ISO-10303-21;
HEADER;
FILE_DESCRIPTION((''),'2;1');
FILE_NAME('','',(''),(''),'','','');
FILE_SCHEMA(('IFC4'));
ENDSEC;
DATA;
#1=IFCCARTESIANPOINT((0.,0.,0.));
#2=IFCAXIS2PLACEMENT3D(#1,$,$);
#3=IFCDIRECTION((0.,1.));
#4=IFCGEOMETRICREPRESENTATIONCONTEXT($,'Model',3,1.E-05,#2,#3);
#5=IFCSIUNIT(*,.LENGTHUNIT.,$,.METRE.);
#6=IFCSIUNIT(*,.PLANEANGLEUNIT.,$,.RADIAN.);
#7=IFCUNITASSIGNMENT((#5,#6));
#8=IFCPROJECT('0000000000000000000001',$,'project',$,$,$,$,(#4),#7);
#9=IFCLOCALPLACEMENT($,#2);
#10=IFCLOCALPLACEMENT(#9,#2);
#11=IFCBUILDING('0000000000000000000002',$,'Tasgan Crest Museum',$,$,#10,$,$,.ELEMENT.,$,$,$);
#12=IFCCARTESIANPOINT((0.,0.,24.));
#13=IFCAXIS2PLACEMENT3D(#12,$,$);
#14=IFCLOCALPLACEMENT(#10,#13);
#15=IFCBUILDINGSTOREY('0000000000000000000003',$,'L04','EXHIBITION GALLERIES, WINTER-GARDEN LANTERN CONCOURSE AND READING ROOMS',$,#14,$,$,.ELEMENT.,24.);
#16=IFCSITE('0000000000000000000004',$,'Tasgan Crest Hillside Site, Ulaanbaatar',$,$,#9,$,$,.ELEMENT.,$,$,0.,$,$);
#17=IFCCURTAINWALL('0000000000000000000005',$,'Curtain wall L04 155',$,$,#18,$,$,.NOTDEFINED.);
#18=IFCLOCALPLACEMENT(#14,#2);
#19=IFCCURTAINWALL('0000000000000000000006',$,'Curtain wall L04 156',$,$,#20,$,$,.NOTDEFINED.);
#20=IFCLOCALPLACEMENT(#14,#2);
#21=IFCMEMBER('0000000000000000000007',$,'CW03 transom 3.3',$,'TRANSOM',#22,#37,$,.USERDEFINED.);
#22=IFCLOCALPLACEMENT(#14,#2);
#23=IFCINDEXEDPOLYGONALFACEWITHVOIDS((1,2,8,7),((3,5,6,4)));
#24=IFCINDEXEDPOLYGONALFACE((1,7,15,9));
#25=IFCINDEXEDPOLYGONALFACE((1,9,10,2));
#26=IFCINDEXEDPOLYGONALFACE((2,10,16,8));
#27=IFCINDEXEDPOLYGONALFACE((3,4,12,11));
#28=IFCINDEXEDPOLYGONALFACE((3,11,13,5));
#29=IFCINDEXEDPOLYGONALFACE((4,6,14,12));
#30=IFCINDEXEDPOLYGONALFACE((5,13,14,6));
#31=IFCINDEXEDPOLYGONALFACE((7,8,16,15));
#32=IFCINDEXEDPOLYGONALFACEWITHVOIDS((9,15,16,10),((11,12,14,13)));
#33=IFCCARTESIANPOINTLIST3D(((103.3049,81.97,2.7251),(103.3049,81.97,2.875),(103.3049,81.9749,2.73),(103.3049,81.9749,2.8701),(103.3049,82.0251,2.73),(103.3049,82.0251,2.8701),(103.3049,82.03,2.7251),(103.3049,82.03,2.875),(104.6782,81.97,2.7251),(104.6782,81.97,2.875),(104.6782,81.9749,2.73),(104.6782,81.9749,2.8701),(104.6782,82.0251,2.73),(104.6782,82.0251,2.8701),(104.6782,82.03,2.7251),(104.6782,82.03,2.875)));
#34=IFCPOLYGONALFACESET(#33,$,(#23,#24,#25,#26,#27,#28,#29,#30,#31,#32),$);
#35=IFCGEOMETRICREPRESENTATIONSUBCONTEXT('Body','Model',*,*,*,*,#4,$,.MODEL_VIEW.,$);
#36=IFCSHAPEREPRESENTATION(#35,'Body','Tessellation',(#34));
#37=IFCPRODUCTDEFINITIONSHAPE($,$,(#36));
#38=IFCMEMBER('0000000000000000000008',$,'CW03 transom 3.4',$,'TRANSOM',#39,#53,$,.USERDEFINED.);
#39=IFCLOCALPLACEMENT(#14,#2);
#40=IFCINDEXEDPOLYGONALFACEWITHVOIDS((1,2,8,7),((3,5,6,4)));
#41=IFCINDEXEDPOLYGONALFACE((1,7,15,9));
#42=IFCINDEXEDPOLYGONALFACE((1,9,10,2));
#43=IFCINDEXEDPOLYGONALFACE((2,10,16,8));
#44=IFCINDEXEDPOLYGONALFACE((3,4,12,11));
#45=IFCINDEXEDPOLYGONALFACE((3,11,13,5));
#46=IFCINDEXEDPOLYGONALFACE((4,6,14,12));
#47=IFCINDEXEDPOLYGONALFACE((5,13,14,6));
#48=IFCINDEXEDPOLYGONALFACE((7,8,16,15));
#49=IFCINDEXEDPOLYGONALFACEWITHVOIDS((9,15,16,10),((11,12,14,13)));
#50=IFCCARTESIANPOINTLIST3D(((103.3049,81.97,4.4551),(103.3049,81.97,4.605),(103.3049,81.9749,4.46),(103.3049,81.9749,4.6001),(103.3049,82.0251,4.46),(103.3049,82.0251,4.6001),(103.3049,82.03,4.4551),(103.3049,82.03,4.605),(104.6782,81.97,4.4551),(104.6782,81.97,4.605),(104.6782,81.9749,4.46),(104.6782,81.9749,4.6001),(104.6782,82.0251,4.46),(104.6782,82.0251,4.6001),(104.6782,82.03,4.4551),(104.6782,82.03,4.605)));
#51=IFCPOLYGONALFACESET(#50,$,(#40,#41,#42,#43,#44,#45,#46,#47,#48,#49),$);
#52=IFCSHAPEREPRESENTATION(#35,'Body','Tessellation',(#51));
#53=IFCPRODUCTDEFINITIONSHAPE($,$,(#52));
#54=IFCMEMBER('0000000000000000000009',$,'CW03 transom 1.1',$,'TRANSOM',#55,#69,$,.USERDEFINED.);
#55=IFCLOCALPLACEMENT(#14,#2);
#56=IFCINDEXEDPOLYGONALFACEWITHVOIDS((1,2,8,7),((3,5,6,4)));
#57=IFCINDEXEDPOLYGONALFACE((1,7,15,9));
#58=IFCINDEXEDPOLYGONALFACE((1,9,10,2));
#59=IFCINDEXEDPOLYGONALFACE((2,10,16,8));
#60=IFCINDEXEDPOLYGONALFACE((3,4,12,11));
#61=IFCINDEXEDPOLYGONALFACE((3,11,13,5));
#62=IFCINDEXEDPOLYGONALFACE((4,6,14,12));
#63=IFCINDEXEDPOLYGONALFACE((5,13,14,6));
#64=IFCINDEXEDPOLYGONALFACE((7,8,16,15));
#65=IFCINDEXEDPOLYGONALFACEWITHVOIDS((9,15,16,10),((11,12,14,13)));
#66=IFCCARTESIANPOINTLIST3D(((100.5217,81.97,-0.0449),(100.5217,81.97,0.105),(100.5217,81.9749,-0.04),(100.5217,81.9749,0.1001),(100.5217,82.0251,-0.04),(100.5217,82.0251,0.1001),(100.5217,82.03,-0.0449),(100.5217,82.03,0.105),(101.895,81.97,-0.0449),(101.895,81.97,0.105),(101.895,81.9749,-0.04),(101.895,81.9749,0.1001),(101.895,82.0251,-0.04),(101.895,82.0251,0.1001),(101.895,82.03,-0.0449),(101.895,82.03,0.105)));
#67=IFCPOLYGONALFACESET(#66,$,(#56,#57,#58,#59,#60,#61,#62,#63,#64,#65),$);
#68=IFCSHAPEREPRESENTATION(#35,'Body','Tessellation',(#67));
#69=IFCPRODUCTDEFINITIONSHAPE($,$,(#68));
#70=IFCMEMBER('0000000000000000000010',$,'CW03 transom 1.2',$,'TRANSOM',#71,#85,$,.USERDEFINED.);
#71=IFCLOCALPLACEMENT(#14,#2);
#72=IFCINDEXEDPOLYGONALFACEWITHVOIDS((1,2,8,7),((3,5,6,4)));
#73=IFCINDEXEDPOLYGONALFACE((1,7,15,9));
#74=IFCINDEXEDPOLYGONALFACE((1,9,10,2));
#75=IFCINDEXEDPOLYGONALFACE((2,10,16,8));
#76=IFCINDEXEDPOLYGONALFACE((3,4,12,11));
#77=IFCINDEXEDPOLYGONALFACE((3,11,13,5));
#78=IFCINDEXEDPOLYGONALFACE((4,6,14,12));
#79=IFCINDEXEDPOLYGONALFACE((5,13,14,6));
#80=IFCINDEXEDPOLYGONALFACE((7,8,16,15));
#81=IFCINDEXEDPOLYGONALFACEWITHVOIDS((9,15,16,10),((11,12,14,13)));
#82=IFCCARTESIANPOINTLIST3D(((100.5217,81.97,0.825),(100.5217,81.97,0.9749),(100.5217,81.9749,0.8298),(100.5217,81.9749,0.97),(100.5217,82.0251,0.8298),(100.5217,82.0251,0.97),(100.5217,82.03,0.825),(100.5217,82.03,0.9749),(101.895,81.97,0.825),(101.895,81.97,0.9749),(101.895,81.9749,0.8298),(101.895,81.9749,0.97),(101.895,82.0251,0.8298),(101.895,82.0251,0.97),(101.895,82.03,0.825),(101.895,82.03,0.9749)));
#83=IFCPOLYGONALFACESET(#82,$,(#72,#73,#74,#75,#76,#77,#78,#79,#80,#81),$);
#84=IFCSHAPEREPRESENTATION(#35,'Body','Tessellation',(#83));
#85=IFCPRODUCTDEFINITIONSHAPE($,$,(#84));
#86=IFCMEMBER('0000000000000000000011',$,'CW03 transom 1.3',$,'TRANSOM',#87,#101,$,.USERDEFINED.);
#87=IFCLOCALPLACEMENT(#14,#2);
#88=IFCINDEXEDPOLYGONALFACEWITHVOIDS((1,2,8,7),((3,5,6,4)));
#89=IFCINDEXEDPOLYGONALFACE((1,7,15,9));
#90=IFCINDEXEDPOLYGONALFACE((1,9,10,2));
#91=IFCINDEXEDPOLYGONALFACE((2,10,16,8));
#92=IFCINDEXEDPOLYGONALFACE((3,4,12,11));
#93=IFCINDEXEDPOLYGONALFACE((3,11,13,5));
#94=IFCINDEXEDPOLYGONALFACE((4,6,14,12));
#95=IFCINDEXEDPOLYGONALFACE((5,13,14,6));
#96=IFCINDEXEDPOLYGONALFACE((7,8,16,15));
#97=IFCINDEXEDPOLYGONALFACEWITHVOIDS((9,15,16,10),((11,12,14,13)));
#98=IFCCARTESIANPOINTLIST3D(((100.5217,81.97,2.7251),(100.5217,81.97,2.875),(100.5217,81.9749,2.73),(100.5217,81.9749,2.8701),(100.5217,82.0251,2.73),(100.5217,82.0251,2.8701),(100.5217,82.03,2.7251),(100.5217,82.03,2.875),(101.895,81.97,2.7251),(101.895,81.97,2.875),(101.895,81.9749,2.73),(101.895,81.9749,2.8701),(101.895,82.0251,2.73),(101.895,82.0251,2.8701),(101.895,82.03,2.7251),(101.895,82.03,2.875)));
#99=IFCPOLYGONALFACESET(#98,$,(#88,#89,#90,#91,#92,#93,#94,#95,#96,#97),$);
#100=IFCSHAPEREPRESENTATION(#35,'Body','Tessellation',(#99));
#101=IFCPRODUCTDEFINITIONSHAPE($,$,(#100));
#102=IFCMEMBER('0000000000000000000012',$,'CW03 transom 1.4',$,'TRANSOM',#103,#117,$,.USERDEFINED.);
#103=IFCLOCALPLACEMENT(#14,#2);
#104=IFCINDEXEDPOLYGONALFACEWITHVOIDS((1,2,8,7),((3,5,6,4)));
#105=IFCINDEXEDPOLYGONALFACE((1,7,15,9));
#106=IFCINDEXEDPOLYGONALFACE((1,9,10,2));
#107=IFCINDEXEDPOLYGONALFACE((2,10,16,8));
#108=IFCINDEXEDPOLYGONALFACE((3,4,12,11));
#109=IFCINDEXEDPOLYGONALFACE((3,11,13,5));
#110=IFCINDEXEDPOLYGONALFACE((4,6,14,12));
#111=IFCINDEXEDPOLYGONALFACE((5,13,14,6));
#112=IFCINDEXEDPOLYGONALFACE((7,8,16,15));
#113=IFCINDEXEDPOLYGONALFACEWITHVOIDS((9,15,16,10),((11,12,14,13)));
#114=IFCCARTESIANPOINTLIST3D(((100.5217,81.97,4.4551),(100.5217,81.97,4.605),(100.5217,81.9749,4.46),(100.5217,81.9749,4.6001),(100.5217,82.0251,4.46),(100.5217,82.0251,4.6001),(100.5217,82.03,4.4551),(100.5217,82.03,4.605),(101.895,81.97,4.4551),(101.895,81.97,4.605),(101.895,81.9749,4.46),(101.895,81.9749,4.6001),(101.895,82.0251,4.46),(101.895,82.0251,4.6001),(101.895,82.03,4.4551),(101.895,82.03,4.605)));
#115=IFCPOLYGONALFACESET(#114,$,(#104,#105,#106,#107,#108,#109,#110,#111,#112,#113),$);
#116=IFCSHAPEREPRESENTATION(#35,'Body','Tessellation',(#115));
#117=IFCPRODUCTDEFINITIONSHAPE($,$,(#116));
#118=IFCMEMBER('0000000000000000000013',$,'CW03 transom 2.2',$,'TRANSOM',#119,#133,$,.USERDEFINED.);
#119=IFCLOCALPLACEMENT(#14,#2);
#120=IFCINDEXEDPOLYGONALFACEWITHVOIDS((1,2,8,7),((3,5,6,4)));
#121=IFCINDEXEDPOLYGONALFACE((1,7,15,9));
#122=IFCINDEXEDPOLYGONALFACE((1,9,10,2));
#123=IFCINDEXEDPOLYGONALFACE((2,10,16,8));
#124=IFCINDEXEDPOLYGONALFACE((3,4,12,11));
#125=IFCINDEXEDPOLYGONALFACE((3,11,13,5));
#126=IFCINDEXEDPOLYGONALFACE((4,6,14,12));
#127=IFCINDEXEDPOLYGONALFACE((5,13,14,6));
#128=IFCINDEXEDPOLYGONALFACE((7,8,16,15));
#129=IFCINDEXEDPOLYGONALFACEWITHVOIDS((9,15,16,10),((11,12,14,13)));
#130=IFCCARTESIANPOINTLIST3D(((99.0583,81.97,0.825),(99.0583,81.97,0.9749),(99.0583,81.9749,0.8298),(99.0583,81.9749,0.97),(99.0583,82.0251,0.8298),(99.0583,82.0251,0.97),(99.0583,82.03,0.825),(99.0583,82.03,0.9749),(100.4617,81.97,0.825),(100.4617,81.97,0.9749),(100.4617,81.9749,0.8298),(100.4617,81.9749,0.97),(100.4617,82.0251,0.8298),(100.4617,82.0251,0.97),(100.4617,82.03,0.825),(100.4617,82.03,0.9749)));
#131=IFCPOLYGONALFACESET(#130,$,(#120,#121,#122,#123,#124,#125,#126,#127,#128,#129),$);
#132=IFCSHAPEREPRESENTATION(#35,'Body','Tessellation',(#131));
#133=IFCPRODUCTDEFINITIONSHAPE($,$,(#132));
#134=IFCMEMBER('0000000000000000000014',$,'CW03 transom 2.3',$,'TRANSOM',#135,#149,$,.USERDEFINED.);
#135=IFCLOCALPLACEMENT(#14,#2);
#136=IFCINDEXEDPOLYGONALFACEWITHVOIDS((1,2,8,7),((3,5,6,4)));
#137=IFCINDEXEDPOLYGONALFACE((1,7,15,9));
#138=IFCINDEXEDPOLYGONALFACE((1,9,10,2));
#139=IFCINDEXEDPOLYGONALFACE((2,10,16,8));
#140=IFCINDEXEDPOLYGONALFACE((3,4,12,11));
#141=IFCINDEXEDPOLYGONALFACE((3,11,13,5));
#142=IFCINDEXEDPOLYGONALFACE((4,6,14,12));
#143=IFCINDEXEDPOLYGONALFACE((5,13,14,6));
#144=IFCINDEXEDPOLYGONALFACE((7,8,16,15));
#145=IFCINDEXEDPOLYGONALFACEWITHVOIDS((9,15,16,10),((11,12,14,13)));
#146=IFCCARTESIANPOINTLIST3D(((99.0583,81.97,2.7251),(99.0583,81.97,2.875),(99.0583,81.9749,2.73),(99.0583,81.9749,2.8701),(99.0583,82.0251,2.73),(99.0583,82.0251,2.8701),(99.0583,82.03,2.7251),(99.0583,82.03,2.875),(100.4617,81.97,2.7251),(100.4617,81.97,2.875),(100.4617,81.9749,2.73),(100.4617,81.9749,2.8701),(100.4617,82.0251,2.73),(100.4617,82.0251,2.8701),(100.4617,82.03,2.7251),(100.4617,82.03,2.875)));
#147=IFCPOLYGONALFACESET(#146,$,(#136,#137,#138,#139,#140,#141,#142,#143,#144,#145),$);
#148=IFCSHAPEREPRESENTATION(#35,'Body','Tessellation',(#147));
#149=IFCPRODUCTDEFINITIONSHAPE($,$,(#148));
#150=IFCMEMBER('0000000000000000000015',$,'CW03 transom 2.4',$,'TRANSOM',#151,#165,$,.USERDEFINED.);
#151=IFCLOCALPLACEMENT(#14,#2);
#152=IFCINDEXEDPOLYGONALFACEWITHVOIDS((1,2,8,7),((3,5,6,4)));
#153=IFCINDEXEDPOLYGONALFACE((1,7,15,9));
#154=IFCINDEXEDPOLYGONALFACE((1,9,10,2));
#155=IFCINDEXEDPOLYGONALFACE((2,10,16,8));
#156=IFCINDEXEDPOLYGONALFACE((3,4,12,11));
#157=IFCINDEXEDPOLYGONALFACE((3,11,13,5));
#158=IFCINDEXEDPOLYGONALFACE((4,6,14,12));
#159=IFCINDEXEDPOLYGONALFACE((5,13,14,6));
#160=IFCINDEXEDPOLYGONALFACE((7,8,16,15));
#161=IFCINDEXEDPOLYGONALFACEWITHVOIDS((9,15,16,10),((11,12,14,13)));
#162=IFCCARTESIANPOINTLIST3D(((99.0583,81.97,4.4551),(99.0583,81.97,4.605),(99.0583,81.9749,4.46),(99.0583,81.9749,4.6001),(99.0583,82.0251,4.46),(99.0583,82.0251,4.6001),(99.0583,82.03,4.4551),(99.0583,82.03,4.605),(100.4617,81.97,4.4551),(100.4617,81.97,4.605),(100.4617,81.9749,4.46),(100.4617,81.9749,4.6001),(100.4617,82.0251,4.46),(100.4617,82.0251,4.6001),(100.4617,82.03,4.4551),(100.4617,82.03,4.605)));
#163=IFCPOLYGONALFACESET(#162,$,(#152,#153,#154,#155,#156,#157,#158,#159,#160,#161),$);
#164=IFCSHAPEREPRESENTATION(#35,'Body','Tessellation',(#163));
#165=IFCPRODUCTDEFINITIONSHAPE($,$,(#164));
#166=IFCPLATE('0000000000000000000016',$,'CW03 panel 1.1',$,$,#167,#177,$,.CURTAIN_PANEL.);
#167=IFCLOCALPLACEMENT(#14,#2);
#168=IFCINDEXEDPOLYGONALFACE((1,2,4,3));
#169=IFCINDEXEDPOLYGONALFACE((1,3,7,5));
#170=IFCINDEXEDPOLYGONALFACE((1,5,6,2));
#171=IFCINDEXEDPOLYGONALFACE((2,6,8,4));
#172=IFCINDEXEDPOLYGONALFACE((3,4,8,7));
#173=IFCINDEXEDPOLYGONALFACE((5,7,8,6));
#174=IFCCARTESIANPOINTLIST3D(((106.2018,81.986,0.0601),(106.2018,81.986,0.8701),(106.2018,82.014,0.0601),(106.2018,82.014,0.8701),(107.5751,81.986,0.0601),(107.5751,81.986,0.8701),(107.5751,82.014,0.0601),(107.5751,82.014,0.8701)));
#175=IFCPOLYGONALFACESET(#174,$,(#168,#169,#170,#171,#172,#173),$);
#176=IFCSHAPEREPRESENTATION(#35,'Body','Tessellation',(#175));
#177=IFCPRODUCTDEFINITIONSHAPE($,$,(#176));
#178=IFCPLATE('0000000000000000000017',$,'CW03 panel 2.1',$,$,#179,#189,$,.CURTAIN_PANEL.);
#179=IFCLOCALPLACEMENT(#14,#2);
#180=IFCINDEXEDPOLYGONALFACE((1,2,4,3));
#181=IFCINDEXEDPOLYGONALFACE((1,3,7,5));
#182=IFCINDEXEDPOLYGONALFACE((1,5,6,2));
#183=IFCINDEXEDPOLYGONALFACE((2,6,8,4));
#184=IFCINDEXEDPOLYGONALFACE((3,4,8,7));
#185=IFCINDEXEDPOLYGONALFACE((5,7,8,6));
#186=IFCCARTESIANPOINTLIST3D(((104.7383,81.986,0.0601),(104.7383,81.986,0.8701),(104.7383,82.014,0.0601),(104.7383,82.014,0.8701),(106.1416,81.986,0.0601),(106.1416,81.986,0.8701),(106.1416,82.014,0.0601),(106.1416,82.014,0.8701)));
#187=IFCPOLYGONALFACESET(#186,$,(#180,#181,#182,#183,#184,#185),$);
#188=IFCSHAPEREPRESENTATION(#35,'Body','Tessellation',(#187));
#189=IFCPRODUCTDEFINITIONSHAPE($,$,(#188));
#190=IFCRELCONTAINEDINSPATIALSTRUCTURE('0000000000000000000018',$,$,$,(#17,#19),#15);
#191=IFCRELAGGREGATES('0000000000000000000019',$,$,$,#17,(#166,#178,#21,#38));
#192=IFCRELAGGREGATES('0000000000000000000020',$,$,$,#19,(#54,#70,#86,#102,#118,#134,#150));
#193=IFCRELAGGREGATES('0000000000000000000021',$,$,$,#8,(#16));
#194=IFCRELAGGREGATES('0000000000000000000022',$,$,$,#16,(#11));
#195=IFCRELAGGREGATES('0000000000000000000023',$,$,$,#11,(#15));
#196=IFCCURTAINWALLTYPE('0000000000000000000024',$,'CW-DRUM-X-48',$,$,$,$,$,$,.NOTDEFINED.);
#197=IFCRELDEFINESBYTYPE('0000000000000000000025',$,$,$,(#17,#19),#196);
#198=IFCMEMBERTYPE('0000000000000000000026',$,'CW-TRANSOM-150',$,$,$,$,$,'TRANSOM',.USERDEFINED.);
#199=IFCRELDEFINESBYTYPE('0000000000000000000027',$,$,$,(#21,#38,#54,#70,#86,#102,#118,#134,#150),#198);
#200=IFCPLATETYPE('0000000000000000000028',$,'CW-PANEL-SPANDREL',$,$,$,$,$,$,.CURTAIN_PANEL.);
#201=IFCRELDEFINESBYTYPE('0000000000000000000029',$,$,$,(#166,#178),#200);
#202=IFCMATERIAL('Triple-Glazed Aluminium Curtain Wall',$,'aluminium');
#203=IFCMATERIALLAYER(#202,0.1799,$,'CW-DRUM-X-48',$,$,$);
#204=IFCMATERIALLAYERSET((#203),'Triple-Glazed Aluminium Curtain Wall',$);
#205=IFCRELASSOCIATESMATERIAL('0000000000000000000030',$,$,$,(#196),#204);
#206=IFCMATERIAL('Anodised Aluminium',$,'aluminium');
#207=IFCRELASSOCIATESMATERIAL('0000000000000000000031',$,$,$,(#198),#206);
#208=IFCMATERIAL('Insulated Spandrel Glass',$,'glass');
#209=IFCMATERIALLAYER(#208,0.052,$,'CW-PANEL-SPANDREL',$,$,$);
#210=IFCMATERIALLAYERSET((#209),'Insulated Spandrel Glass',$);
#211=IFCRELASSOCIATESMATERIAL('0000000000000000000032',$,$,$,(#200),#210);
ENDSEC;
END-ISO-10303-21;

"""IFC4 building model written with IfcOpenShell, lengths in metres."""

from ifc_helpers import new_model, si_unit, direction, frame, origin, origin_2d, place, context, subcontext, project, spatial, rectangle, hollow_rectangle, extrude, material, layer, layer_set, material_profile, profile_set, type_object, element, aggregate, save


model = new_model("IFC4")

# Units and contexts
model_context = context("Model", 3, precision=1e-05, world=origin(), true_north=direction((0.0, 1.0)))
body_context = subcontext(model_context, "Body", "Model", "MODEL_VIEW")
ifc_project = project(units=[si_unit("LENGTHUNIT", "METRE"), si_unit("PLANEANGLEUNIT", "RADIAN")], contexts=[model_context])

# Site, building, storey
site_placement = place(None, origin())
site = spatial("IfcSite", under=ifc_project, at=site_placement, Name="Tasgan Crest Hillside Site, Ulaanbaatar", CompositionType="ELEMENT", RefElevation=0.0)
building_placement = place(site_placement, origin())
building = spatial("IfcBuilding", under=site, at=building_placement, Name="Tasgan Crest Museum", CompositionType="ELEMENT")
storey_placement = place(building_placement, frame((0.0, 0.0, 24.0)))
storey = spatial("IfcBuildingStorey", under=building, at=storey_placement, Name="L04", Description="EXHIBITION GALLERIES, WINTER-GARDEN LANTERN CONCOURSE AND READING ROOMS", CompositionType="ELEMENT", Elevation=24.0)

# Curtain walls
ifc_material_1 = material(Name="Triple-Glazed Aluminium Curtain Wall", Category="aluminium")
ifc_layer_1 = layer(ifc_material_1, 0.1799, Name="CW-DRUM-X-48")
ifc_layer_set_1 = layer_set([ifc_layer_1], Name="Triple-Glazed Aluminium Curtain Wall")
curtain_wall_type = type_object("IfcCurtainWallType", Name="CW-DRUM-X-48", PredefinedType="NOTDEFINED", material=ifc_layer_set_1)
curtain_wall_1_placement = place(storey_placement, origin())
curtain_wall_1 = element("IfcCurtainWall", 1, at=curtain_wall_1_placement, inside=storey, type_object=curtain_wall_type, Name="Curtain wall L04 155", PredefinedType="NOTDEFINED")
curtain_wall_2_placement = place(storey_placement, origin())
curtain_wall_2 = element("IfcCurtainWall", 2, at=curtain_wall_2_placement, inside=storey, type_object=curtain_wall_type, Name="Curtain wall L04 156", PredefinedType="NOTDEFINED")

# Members
ifc_material_2 = material(Name="Anodised Aluminium", Category="aluminium")
ifc_material_profile_1 = material_profile(ifc_material_2, hollow_rectangle(XDim=0.0601, YDim=0.1499, WallThickness=0.0049, at=origin_2d()), Name="ALU TRANSOM 150x60x5")
ifc_profile_set_1 = profile_set([ifc_material_profile_1], Name="Anodised Aluminium")
member_type_1 = type_object("IfcMemberType", Name="CW-TRANSOM-150", ElementType="TRANSOM", PredefinedType="USERDEFINED", material=ifc_profile_set_1)
member_1_placement = place(storey_placement, frame((104.6782, 82.0, 2.8), z_axis=(-1.0, 0.0, 0.0), x_axis=(0.0, -1.0, 0.0)))
member_1 = element("IfcMember", 3, at=member_1_placement, type_object=member_type_1, Name="CW03 transom 3.3", ObjectType="TRANSOM", PredefinedType="USERDEFINED", context=body_context, shape_type="SweptSolid", body=[
    extrude(hollow_rectangle(XDim=0.0601, YDim=0.1499, WallThickness=0.0049, at=origin_2d()), origin(), (0.0, 0.0, 1.0), 1.3733),
])
member_2_placement = place(storey_placement, frame((104.6782, 82.0, 4.53), z_axis=(-1.0, 0.0, 0.0), x_axis=(0.0, -1.0, 0.0)))
member_2 = element("IfcMember", 4, at=member_2_placement, type_object=member_type_1, Name="CW03 transom 3.4", ObjectType="TRANSOM", PredefinedType="USERDEFINED", context=body_context, shape_type="SweptSolid", body=[
    extrude(hollow_rectangle(XDim=0.0601, YDim=0.1499, WallThickness=0.0049, at=origin_2d()), origin(), (0.0, 0.0, 1.0), 1.3733),
])
member_3_placement = place(storey_placement, frame((101.895, 82.0, 0.03), z_axis=(-1.0, 0.0, 0.0), x_axis=(0.0, -1.0, 0.0)))
member_3 = element("IfcMember", 5, at=member_3_placement, type_object=member_type_1, Name="CW03 transom 1.1", ObjectType="TRANSOM", PredefinedType="USERDEFINED", context=body_context, shape_type="SweptSolid", body=[
    extrude(hollow_rectangle(XDim=0.0601, YDim=0.1499, WallThickness=0.0049, at=origin_2d()), origin(), (0.0, 0.0, 1.0), 1.3733),
])
member_4_placement = place(storey_placement, frame((101.895, 82.0, 0.8999), z_axis=(-1.0, 0.0, 0.0), x_axis=(0.0, -1.0, 0.0)))
member_4 = element("IfcMember", 6, at=member_4_placement, type_object=member_type_1, Name="CW03 transom 1.2", ObjectType="TRANSOM", PredefinedType="USERDEFINED", context=body_context, shape_type="SweptSolid", body=[
    extrude(hollow_rectangle(XDim=0.0601, YDim=0.1499, WallThickness=0.0049, at=origin_2d()), origin(), (0.0, 0.0, 1.0), 1.3733),
])
member_5_placement = place(storey_placement, frame((101.895, 82.0, 2.8), z_axis=(-1.0, 0.0, 0.0), x_axis=(0.0, -1.0, 0.0)))
member_5 = element("IfcMember", 7, at=member_5_placement, type_object=member_type_1, Name="CW03 transom 1.3", ObjectType="TRANSOM", PredefinedType="USERDEFINED", context=body_context, shape_type="SweptSolid", body=[
    extrude(hollow_rectangle(XDim=0.0601, YDim=0.1499, WallThickness=0.0049, at=origin_2d()), origin(), (0.0, 0.0, 1.0), 1.3733),
])
member_6_placement = place(storey_placement, frame((101.895, 82.0, 4.53), z_axis=(-1.0, 0.0, 0.0), x_axis=(0.0, -1.0, 0.0)))
member_6 = element("IfcMember", 8, at=member_6_placement, type_object=member_type_1, Name="CW03 transom 1.4", ObjectType="TRANSOM", PredefinedType="USERDEFINED", context=body_context, shape_type="SweptSolid", body=[
    extrude(hollow_rectangle(XDim=0.0601, YDim=0.1499, WallThickness=0.0049, at=origin_2d()), origin(), (0.0, 0.0, 1.0), 1.3733),
])
member_7_placement = place(storey_placement, frame((100.4617, 82.0, 0.8999), z_axis=(-1.0, 0.0, 0.0), x_axis=(0.0, -1.0, 0.0)))
member_7 = element("IfcMember", 9, at=member_7_placement, type_object=member_type_1, Name="CW03 transom 2.2", ObjectType="TRANSOM", PredefinedType="USERDEFINED", context=body_context, shape_type="SweptSolid", body=[
    extrude(hollow_rectangle(XDim=0.0601, YDim=0.1499, WallThickness=0.0049, at=origin_2d()), origin(), (0.0, 0.0, 1.0), 1.4033),
])
member_8_placement = place(storey_placement, frame((100.4617, 82.0, 2.8), z_axis=(-1.0, 0.0, 0.0), x_axis=(0.0, -1.0, 0.0)))
member_8 = element("IfcMember", 10, at=member_8_placement, type_object=member_type_1, Name="CW03 transom 2.3", ObjectType="TRANSOM", PredefinedType="USERDEFINED", context=body_context, shape_type="SweptSolid", body=[
    extrude(hollow_rectangle(XDim=0.0601, YDim=0.1499, WallThickness=0.0049, at=origin_2d()), origin(), (0.0, 0.0, 1.0), 1.4033),
])
member_9_placement = place(storey_placement, frame((100.4617, 82.0, 4.53), z_axis=(-1.0, 0.0, 0.0), x_axis=(0.0, -1.0, 0.0)))
member_9 = element("IfcMember", 11, at=member_9_placement, type_object=member_type_1, Name="CW03 transom 2.4", ObjectType="TRANSOM", PredefinedType="USERDEFINED", context=body_context, shape_type="SweptSolid", body=[
    extrude(hollow_rectangle(XDim=0.0601, YDim=0.1499, WallThickness=0.0049, at=origin_2d()), origin(), (0.0, 0.0, 1.0), 1.4033),
])

# Plates
ifc_material_3 = material(Name="Insulated Spandrel Glass", Category="glass")
ifc_layer_2 = layer(ifc_material_3, 0.052, Name="CW-PANEL-SPANDREL")
ifc_layer_set_2 = layer_set([ifc_layer_2], Name="Insulated Spandrel Glass")
plate_type_1 = type_object("IfcPlateType", Name="CW-PANEL-SPANDREL", PredefinedType="CURTAIN_PANEL", material=ifc_layer_set_2)
plate_1_placement = place(storey_placement, frame((106.8884, 82.0, 0.0601), z_axis=(0.0, 0.0, 1.0), x_axis=(-1.0, 0.0, 0.0)))
plate_1 = element("IfcPlate", 12, at=plate_1_placement, type_object=plate_type_1, Name="CW03 panel 1.1", PredefinedType="CURTAIN_PANEL", context=body_context, shape_type="SweptSolid", body=[
    extrude(rectangle(XDim=1.3733, YDim=0.0281, at=origin_2d()), origin(), (0.0, 0.0, 1.0), 0.8101),
])
plate_2_placement = place(storey_placement, frame((105.4399, 82.0, 0.0601), z_axis=(0.0, 0.0, 1.0), x_axis=(-1.0, 0.0, 0.0)))
plate_2 = element("IfcPlate", 13, at=plate_2_placement, type_object=plate_type_1, Name="CW03 panel 2.1", PredefinedType="CURTAIN_PANEL", context=body_context, shape_type="SweptSolid", body=[
    extrude(rectangle(XDim=1.4033, YDim=0.0281, at=origin_2d()), origin(), (0.0, 0.0, 1.0), 0.8101),
])
aggregate(curtain_wall_1, [plate_1, plate_2, member_1, member_2])
aggregate(curtain_wall_2, [member_3, member_4, member_5, member_6, member_7, member_8, member_9])

save(model, "model.ifc")
